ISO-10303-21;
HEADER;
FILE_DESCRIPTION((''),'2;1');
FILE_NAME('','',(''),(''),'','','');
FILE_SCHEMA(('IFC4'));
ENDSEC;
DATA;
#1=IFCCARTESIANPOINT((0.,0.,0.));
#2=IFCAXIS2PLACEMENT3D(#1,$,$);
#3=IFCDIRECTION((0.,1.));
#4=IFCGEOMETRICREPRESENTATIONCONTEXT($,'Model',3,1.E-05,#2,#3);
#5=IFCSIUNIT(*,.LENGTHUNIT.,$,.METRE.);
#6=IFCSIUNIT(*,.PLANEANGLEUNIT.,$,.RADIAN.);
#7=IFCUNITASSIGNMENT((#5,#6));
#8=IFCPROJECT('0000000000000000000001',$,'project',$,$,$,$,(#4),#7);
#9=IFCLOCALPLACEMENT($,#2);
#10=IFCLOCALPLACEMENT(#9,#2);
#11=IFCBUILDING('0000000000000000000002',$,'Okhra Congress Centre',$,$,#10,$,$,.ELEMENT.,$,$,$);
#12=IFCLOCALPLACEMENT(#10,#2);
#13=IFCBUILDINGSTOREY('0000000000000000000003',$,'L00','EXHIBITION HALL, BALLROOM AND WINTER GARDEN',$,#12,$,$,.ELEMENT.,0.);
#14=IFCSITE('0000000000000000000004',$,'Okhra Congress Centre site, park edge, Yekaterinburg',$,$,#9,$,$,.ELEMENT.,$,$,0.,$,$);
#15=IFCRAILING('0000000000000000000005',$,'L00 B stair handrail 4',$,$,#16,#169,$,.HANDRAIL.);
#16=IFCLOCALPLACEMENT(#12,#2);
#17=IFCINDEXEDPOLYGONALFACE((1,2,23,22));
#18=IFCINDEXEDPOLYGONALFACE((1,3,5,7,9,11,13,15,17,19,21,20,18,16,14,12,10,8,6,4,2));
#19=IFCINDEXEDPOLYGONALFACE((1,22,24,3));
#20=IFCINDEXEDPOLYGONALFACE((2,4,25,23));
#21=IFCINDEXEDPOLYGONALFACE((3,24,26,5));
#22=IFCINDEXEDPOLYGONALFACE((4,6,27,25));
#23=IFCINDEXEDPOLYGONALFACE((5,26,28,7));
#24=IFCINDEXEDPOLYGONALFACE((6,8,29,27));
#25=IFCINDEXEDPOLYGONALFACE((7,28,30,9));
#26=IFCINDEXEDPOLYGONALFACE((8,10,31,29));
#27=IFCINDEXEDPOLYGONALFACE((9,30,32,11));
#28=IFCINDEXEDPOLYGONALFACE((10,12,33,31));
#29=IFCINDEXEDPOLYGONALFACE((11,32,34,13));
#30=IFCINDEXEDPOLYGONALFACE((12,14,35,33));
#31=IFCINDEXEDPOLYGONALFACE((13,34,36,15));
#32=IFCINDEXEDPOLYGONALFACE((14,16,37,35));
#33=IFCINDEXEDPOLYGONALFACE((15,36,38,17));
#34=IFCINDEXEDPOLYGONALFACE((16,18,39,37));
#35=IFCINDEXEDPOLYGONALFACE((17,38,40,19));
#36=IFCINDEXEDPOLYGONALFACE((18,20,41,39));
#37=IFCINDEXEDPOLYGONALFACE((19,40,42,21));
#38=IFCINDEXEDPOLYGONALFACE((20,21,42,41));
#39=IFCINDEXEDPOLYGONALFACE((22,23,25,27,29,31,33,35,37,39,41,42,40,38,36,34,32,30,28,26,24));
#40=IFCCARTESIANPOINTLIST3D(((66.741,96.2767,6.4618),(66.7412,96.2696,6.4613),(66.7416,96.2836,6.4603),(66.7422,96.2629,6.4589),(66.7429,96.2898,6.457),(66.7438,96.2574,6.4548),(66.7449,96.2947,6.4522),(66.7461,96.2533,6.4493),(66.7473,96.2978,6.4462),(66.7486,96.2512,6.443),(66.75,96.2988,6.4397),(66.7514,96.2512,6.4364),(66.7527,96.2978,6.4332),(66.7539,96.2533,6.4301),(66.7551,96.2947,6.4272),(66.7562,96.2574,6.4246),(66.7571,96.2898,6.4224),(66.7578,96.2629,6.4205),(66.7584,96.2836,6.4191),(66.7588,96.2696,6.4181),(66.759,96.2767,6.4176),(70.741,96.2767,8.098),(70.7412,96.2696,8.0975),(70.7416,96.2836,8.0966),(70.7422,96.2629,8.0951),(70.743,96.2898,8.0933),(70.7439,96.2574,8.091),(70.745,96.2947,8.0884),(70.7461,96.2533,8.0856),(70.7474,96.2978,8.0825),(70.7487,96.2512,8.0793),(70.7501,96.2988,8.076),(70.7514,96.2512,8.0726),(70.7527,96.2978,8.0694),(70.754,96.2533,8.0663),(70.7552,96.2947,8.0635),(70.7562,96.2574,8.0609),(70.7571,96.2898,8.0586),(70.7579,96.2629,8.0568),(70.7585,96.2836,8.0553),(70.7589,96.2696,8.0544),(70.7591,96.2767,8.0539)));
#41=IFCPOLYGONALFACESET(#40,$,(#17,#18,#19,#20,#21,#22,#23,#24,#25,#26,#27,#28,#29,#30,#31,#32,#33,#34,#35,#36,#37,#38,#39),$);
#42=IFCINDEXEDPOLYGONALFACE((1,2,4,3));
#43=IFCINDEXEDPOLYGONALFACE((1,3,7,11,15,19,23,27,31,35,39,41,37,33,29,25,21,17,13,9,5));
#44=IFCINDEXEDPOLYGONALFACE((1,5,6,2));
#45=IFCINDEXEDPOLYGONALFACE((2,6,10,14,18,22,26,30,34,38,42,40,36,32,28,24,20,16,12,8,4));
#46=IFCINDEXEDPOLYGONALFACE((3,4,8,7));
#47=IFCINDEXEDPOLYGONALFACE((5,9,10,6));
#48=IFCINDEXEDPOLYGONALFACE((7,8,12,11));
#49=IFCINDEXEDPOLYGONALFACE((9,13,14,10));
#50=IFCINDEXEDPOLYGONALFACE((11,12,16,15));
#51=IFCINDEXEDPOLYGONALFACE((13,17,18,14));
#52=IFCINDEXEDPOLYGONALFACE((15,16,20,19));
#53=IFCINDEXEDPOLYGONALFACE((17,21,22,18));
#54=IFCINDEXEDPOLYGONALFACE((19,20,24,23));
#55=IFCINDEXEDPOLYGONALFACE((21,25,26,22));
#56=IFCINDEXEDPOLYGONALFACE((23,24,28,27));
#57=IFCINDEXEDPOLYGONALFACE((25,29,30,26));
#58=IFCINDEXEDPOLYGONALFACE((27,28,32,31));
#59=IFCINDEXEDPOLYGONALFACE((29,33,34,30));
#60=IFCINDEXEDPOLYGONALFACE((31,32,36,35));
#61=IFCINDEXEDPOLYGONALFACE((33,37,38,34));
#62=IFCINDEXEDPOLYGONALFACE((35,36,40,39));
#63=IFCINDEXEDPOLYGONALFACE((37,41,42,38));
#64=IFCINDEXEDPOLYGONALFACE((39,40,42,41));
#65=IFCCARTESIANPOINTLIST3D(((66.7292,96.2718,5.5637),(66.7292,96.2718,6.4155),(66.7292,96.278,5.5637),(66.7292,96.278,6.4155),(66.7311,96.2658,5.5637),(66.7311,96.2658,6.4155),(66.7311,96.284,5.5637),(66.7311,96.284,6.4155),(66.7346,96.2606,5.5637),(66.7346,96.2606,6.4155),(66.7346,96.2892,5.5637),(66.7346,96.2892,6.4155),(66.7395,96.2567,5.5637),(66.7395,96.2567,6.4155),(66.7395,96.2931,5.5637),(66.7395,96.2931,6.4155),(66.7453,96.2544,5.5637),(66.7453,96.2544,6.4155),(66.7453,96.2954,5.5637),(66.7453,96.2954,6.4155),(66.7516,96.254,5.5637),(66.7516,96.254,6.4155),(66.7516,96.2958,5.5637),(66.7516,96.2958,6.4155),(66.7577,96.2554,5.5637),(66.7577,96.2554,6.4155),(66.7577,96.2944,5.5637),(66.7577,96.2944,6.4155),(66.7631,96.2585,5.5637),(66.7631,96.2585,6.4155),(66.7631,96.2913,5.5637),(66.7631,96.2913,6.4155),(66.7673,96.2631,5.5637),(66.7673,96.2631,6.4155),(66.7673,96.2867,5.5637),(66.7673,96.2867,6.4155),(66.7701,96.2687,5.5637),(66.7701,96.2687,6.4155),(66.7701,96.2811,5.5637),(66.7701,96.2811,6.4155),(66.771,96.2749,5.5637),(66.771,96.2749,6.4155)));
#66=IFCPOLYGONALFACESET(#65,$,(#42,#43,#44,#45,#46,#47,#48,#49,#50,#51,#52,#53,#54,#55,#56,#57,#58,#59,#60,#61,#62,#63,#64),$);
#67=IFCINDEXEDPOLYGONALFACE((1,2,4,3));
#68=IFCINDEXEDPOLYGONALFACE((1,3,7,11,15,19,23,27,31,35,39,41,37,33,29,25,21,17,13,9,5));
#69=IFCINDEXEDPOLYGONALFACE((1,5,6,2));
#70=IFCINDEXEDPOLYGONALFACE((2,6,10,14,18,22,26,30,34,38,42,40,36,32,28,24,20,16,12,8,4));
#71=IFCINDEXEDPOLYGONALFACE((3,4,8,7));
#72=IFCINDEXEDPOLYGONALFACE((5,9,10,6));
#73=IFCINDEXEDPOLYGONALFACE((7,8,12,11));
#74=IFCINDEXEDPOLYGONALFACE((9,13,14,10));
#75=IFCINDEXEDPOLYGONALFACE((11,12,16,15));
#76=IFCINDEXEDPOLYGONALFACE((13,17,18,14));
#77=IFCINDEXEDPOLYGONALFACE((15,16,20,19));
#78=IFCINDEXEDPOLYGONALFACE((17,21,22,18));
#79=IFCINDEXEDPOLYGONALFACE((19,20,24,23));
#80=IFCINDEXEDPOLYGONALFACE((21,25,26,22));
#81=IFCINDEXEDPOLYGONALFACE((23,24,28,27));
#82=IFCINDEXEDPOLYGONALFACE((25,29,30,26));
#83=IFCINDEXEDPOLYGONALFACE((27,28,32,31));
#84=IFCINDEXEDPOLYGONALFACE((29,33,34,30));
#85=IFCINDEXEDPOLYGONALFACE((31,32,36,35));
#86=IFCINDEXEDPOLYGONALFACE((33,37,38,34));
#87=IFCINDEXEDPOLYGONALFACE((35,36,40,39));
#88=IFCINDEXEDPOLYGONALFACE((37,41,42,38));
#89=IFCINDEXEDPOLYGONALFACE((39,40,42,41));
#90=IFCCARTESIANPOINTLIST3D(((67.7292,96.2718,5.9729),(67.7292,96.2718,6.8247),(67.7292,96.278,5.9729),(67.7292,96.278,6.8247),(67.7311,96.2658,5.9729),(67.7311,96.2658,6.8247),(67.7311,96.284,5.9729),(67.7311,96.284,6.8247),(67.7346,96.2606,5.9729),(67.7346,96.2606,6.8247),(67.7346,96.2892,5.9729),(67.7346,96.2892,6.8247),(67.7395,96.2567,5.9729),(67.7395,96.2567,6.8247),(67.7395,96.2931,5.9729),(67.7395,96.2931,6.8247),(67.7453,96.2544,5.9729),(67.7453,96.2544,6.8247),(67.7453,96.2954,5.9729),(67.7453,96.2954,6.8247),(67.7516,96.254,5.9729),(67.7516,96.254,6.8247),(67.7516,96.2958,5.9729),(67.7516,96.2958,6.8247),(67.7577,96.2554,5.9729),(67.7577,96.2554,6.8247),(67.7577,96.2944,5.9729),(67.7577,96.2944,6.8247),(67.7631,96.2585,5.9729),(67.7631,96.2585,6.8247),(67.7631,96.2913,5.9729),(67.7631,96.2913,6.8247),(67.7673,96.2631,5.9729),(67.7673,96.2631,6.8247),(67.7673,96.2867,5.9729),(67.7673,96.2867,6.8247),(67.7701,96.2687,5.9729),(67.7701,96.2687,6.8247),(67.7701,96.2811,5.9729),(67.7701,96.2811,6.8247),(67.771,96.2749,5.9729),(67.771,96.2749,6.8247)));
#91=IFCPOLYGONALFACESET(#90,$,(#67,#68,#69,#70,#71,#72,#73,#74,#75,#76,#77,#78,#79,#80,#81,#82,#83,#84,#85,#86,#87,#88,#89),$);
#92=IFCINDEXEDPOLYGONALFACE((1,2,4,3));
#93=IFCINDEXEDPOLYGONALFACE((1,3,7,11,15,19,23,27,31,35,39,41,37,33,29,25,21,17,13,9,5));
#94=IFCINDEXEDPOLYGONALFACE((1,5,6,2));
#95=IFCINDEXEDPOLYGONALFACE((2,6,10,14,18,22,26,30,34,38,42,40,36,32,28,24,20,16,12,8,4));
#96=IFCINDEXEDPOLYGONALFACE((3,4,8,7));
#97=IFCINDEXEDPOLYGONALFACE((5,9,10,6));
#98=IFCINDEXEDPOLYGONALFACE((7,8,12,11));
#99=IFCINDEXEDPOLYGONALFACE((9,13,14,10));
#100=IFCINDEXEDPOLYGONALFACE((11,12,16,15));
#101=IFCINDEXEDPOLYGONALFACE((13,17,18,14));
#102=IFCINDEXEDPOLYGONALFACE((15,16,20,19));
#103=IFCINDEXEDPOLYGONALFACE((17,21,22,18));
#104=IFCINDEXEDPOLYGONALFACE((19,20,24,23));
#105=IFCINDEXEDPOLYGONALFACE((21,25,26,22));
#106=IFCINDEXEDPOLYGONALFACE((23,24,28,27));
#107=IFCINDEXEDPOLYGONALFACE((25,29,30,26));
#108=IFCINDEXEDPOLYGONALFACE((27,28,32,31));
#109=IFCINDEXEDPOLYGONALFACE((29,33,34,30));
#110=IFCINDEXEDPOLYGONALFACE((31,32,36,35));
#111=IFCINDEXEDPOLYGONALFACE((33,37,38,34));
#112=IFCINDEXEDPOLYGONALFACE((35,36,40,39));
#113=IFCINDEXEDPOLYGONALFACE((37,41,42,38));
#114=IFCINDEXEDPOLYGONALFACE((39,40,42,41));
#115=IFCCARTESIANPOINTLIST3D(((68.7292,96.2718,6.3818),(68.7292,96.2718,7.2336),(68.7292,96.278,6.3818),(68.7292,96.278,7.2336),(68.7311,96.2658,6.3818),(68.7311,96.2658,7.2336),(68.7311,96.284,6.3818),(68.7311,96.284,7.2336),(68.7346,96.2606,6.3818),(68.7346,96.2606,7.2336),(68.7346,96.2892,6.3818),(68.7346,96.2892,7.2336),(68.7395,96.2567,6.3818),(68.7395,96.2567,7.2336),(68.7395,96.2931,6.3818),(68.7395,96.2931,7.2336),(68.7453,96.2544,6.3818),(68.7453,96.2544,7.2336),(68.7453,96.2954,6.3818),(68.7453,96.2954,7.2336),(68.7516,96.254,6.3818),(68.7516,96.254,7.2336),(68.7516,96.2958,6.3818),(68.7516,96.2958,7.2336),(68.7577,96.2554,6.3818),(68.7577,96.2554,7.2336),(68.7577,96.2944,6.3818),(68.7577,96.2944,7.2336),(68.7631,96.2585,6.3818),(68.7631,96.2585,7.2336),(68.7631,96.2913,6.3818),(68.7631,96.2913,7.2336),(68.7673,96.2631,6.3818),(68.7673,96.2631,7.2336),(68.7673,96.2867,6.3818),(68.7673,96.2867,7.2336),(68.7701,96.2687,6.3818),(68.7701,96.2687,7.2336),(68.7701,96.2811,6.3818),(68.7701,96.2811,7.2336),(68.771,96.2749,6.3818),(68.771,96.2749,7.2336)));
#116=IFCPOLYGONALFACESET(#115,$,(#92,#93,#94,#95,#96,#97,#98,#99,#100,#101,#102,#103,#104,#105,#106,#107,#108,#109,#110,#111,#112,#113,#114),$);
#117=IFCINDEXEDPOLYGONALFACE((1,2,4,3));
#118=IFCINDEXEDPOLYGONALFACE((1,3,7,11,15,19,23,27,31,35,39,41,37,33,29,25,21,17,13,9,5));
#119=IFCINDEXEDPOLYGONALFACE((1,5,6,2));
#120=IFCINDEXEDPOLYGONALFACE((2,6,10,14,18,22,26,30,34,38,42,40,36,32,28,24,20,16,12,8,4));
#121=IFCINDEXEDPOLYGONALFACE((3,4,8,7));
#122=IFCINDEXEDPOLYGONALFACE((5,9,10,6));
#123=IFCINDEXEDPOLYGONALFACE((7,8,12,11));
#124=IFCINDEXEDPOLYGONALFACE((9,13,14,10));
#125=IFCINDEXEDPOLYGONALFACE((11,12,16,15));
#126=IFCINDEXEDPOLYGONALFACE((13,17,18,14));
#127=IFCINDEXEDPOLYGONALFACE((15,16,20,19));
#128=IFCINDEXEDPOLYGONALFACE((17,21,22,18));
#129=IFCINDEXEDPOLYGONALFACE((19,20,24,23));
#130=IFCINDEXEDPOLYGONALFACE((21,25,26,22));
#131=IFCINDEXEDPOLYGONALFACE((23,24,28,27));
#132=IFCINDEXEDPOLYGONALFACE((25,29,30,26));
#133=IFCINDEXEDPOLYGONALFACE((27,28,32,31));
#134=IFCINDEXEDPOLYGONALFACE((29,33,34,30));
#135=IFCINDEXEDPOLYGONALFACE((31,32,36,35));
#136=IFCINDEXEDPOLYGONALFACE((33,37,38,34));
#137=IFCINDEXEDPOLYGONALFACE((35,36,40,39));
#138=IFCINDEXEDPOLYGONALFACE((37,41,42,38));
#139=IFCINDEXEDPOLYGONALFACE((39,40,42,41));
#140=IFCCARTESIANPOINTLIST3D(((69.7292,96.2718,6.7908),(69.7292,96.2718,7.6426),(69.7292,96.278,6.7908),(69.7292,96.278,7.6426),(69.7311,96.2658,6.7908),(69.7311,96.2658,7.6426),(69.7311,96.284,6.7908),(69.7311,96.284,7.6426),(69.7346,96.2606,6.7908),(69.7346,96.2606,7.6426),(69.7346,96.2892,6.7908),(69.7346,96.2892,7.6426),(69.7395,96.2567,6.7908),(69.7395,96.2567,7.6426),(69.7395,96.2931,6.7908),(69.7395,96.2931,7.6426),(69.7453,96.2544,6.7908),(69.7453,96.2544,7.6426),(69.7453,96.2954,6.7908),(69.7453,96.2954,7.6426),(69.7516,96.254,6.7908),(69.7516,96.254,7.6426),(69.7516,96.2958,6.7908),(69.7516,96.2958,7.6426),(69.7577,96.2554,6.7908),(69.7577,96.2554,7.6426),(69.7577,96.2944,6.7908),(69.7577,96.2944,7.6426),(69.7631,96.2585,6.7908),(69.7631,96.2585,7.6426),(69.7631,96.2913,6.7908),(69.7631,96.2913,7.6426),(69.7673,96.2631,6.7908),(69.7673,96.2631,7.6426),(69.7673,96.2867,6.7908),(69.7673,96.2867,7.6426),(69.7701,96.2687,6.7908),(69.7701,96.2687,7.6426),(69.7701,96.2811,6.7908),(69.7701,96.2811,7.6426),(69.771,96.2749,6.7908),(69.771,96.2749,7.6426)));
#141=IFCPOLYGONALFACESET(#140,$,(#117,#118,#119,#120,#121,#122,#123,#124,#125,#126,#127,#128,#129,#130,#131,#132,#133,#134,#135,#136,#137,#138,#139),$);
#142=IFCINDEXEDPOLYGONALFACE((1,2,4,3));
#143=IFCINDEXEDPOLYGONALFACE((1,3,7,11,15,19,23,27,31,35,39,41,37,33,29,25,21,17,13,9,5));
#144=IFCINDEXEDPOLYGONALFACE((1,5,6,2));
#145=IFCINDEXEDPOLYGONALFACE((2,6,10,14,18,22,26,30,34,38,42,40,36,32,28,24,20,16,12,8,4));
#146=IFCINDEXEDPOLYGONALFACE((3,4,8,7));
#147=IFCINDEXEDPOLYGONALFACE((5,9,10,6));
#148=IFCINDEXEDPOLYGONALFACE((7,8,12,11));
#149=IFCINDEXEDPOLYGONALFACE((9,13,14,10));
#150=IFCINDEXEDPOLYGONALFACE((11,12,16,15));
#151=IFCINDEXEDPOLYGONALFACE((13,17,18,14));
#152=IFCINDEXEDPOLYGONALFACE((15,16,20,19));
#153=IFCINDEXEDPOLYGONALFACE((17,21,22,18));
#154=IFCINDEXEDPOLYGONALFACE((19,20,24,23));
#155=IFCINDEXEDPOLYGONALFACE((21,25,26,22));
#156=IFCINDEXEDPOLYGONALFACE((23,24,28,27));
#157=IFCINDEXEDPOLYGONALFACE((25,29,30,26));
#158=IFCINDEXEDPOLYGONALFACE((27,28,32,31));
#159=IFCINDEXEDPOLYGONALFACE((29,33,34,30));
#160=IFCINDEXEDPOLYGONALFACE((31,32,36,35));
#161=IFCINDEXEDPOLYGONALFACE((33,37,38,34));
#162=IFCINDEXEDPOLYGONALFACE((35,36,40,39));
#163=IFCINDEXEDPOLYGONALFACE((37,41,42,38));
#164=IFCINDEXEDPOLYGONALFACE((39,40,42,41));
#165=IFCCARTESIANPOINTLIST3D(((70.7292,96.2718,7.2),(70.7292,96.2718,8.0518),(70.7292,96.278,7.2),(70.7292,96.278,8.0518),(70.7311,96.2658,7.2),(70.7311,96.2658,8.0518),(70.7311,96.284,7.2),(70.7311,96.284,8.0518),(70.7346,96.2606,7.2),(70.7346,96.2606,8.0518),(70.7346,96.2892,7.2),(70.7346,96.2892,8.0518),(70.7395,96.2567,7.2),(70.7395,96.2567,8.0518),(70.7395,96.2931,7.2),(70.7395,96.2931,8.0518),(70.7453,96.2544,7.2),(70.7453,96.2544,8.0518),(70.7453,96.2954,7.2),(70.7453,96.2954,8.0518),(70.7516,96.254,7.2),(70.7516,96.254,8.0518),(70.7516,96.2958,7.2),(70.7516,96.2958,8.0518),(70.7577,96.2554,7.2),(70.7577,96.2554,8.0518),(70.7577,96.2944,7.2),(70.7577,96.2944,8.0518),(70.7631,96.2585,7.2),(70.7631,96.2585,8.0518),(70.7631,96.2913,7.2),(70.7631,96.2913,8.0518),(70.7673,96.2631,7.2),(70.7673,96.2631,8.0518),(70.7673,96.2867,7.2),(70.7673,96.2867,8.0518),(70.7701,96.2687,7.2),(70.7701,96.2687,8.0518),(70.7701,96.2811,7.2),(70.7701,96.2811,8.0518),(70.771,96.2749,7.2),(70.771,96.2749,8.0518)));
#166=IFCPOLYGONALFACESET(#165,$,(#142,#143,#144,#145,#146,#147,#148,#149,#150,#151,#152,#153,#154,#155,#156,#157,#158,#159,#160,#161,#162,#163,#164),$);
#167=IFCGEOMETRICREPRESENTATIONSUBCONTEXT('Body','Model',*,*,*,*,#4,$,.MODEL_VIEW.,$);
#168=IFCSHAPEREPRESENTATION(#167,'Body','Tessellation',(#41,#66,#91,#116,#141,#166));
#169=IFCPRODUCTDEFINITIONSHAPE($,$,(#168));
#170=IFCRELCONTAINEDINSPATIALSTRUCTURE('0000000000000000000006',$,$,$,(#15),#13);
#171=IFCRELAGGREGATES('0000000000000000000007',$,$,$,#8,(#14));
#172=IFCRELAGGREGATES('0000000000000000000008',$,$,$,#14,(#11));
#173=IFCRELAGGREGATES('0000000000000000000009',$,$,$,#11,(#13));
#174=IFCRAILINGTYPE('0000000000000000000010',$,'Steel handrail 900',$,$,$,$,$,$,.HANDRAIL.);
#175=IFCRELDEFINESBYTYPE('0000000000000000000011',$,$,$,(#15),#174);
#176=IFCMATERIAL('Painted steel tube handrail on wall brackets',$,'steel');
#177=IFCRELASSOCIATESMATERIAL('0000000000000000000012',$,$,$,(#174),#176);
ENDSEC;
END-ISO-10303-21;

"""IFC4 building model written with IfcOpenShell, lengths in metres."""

from ifc_helpers import new_model, si_unit, direction, frame, origin, origin_2d, place, context, subcontext, project, spatial, circle, extrude, material, type_object, element, save


model = new_model("IFC4")

# Units and contexts
model_context = context("Model", 3, precision=1e-05, world=origin(), true_north=direction((0.0, 1.0)))
body_context = subcontext(model_context, "Body", "Model", "MODEL_VIEW")
ifc_project = project(units=[si_unit("LENGTHUNIT", "METRE"), si_unit("PLANEANGLEUNIT", "RADIAN")], contexts=[model_context])

# Site, building, storey
site_placement = place(None, origin())
site = spatial("IfcSite", under=ifc_project, at=site_placement, Name="Okhra Congress Centre site, park edge, Yekaterinburg", CompositionType="ELEMENT", RefElevation=0.0)
building_placement = place(site_placement, origin())
building = spatial("IfcBuilding", under=site, at=building_placement, Name="Okhra Congress Centre", CompositionType="ELEMENT")
storey_placement = place(building_placement, origin())
storey = spatial("IfcBuildingStorey", under=building, at=storey_placement, Name="L00", Description="EXHIBITION HALL, BALLROOM AND WINTER GARDEN", CompositionType="ELEMENT", Elevation=0.0)

# Railing
ifc_material_1 = material(Name="Painted steel tube handrail on wall brackets", Category="steel")
railing_type_1 = type_object("IfcRailingType", Name="Steel handrail 900", PredefinedType="HANDRAIL", material=ifc_material_1)
railing_1_placement = place(storey_placement, frame((66.75, 96.2749, 5.5637)))
element("IfcRailing", 1, at=railing_1_placement, inside=storey, type_object=railing_type_1, Name="L00 B stair handrail 4", PredefinedType="HANDRAIL", context=body_context, shape_type="SweptSolid", body=[
    extrude(circle(Radius=0.0239, at=origin_2d()), frame((0.0, 0.0, 0.876), z_axis=(0.925558, 0.0, 0.378606), x_axis=(0.0, 1.0, 0.0)), (0.0, 0.0, 1.0), 4.3218),
    extrude(circle(Radius=0.021, at=origin_2d()), origin(), (0.0, 0.0, 1.0), 0.8518),
    extrude(circle(Radius=0.021, at=origin_2d()), frame((1.0, 0.0, 0.4092)), (0.0, 0.0, 1.0), 0.8518),
    extrude(circle(Radius=0.021, at=origin_2d()), frame((2.0, 0.0, 0.8181)), (0.0, 0.0, 1.0), 0.8518),
    extrude(circle(Radius=0.021, at=origin_2d()), frame((3.0, 0.0, 1.2271)), (0.0, 0.0, 1.0), 0.8518),
    extrude(circle(Radius=0.021, at=origin_2d()), frame((4.0, 0.0, 1.6362)), (0.0, 0.0, 1.0), 0.8518),
])

save(model, "model.ifc")
